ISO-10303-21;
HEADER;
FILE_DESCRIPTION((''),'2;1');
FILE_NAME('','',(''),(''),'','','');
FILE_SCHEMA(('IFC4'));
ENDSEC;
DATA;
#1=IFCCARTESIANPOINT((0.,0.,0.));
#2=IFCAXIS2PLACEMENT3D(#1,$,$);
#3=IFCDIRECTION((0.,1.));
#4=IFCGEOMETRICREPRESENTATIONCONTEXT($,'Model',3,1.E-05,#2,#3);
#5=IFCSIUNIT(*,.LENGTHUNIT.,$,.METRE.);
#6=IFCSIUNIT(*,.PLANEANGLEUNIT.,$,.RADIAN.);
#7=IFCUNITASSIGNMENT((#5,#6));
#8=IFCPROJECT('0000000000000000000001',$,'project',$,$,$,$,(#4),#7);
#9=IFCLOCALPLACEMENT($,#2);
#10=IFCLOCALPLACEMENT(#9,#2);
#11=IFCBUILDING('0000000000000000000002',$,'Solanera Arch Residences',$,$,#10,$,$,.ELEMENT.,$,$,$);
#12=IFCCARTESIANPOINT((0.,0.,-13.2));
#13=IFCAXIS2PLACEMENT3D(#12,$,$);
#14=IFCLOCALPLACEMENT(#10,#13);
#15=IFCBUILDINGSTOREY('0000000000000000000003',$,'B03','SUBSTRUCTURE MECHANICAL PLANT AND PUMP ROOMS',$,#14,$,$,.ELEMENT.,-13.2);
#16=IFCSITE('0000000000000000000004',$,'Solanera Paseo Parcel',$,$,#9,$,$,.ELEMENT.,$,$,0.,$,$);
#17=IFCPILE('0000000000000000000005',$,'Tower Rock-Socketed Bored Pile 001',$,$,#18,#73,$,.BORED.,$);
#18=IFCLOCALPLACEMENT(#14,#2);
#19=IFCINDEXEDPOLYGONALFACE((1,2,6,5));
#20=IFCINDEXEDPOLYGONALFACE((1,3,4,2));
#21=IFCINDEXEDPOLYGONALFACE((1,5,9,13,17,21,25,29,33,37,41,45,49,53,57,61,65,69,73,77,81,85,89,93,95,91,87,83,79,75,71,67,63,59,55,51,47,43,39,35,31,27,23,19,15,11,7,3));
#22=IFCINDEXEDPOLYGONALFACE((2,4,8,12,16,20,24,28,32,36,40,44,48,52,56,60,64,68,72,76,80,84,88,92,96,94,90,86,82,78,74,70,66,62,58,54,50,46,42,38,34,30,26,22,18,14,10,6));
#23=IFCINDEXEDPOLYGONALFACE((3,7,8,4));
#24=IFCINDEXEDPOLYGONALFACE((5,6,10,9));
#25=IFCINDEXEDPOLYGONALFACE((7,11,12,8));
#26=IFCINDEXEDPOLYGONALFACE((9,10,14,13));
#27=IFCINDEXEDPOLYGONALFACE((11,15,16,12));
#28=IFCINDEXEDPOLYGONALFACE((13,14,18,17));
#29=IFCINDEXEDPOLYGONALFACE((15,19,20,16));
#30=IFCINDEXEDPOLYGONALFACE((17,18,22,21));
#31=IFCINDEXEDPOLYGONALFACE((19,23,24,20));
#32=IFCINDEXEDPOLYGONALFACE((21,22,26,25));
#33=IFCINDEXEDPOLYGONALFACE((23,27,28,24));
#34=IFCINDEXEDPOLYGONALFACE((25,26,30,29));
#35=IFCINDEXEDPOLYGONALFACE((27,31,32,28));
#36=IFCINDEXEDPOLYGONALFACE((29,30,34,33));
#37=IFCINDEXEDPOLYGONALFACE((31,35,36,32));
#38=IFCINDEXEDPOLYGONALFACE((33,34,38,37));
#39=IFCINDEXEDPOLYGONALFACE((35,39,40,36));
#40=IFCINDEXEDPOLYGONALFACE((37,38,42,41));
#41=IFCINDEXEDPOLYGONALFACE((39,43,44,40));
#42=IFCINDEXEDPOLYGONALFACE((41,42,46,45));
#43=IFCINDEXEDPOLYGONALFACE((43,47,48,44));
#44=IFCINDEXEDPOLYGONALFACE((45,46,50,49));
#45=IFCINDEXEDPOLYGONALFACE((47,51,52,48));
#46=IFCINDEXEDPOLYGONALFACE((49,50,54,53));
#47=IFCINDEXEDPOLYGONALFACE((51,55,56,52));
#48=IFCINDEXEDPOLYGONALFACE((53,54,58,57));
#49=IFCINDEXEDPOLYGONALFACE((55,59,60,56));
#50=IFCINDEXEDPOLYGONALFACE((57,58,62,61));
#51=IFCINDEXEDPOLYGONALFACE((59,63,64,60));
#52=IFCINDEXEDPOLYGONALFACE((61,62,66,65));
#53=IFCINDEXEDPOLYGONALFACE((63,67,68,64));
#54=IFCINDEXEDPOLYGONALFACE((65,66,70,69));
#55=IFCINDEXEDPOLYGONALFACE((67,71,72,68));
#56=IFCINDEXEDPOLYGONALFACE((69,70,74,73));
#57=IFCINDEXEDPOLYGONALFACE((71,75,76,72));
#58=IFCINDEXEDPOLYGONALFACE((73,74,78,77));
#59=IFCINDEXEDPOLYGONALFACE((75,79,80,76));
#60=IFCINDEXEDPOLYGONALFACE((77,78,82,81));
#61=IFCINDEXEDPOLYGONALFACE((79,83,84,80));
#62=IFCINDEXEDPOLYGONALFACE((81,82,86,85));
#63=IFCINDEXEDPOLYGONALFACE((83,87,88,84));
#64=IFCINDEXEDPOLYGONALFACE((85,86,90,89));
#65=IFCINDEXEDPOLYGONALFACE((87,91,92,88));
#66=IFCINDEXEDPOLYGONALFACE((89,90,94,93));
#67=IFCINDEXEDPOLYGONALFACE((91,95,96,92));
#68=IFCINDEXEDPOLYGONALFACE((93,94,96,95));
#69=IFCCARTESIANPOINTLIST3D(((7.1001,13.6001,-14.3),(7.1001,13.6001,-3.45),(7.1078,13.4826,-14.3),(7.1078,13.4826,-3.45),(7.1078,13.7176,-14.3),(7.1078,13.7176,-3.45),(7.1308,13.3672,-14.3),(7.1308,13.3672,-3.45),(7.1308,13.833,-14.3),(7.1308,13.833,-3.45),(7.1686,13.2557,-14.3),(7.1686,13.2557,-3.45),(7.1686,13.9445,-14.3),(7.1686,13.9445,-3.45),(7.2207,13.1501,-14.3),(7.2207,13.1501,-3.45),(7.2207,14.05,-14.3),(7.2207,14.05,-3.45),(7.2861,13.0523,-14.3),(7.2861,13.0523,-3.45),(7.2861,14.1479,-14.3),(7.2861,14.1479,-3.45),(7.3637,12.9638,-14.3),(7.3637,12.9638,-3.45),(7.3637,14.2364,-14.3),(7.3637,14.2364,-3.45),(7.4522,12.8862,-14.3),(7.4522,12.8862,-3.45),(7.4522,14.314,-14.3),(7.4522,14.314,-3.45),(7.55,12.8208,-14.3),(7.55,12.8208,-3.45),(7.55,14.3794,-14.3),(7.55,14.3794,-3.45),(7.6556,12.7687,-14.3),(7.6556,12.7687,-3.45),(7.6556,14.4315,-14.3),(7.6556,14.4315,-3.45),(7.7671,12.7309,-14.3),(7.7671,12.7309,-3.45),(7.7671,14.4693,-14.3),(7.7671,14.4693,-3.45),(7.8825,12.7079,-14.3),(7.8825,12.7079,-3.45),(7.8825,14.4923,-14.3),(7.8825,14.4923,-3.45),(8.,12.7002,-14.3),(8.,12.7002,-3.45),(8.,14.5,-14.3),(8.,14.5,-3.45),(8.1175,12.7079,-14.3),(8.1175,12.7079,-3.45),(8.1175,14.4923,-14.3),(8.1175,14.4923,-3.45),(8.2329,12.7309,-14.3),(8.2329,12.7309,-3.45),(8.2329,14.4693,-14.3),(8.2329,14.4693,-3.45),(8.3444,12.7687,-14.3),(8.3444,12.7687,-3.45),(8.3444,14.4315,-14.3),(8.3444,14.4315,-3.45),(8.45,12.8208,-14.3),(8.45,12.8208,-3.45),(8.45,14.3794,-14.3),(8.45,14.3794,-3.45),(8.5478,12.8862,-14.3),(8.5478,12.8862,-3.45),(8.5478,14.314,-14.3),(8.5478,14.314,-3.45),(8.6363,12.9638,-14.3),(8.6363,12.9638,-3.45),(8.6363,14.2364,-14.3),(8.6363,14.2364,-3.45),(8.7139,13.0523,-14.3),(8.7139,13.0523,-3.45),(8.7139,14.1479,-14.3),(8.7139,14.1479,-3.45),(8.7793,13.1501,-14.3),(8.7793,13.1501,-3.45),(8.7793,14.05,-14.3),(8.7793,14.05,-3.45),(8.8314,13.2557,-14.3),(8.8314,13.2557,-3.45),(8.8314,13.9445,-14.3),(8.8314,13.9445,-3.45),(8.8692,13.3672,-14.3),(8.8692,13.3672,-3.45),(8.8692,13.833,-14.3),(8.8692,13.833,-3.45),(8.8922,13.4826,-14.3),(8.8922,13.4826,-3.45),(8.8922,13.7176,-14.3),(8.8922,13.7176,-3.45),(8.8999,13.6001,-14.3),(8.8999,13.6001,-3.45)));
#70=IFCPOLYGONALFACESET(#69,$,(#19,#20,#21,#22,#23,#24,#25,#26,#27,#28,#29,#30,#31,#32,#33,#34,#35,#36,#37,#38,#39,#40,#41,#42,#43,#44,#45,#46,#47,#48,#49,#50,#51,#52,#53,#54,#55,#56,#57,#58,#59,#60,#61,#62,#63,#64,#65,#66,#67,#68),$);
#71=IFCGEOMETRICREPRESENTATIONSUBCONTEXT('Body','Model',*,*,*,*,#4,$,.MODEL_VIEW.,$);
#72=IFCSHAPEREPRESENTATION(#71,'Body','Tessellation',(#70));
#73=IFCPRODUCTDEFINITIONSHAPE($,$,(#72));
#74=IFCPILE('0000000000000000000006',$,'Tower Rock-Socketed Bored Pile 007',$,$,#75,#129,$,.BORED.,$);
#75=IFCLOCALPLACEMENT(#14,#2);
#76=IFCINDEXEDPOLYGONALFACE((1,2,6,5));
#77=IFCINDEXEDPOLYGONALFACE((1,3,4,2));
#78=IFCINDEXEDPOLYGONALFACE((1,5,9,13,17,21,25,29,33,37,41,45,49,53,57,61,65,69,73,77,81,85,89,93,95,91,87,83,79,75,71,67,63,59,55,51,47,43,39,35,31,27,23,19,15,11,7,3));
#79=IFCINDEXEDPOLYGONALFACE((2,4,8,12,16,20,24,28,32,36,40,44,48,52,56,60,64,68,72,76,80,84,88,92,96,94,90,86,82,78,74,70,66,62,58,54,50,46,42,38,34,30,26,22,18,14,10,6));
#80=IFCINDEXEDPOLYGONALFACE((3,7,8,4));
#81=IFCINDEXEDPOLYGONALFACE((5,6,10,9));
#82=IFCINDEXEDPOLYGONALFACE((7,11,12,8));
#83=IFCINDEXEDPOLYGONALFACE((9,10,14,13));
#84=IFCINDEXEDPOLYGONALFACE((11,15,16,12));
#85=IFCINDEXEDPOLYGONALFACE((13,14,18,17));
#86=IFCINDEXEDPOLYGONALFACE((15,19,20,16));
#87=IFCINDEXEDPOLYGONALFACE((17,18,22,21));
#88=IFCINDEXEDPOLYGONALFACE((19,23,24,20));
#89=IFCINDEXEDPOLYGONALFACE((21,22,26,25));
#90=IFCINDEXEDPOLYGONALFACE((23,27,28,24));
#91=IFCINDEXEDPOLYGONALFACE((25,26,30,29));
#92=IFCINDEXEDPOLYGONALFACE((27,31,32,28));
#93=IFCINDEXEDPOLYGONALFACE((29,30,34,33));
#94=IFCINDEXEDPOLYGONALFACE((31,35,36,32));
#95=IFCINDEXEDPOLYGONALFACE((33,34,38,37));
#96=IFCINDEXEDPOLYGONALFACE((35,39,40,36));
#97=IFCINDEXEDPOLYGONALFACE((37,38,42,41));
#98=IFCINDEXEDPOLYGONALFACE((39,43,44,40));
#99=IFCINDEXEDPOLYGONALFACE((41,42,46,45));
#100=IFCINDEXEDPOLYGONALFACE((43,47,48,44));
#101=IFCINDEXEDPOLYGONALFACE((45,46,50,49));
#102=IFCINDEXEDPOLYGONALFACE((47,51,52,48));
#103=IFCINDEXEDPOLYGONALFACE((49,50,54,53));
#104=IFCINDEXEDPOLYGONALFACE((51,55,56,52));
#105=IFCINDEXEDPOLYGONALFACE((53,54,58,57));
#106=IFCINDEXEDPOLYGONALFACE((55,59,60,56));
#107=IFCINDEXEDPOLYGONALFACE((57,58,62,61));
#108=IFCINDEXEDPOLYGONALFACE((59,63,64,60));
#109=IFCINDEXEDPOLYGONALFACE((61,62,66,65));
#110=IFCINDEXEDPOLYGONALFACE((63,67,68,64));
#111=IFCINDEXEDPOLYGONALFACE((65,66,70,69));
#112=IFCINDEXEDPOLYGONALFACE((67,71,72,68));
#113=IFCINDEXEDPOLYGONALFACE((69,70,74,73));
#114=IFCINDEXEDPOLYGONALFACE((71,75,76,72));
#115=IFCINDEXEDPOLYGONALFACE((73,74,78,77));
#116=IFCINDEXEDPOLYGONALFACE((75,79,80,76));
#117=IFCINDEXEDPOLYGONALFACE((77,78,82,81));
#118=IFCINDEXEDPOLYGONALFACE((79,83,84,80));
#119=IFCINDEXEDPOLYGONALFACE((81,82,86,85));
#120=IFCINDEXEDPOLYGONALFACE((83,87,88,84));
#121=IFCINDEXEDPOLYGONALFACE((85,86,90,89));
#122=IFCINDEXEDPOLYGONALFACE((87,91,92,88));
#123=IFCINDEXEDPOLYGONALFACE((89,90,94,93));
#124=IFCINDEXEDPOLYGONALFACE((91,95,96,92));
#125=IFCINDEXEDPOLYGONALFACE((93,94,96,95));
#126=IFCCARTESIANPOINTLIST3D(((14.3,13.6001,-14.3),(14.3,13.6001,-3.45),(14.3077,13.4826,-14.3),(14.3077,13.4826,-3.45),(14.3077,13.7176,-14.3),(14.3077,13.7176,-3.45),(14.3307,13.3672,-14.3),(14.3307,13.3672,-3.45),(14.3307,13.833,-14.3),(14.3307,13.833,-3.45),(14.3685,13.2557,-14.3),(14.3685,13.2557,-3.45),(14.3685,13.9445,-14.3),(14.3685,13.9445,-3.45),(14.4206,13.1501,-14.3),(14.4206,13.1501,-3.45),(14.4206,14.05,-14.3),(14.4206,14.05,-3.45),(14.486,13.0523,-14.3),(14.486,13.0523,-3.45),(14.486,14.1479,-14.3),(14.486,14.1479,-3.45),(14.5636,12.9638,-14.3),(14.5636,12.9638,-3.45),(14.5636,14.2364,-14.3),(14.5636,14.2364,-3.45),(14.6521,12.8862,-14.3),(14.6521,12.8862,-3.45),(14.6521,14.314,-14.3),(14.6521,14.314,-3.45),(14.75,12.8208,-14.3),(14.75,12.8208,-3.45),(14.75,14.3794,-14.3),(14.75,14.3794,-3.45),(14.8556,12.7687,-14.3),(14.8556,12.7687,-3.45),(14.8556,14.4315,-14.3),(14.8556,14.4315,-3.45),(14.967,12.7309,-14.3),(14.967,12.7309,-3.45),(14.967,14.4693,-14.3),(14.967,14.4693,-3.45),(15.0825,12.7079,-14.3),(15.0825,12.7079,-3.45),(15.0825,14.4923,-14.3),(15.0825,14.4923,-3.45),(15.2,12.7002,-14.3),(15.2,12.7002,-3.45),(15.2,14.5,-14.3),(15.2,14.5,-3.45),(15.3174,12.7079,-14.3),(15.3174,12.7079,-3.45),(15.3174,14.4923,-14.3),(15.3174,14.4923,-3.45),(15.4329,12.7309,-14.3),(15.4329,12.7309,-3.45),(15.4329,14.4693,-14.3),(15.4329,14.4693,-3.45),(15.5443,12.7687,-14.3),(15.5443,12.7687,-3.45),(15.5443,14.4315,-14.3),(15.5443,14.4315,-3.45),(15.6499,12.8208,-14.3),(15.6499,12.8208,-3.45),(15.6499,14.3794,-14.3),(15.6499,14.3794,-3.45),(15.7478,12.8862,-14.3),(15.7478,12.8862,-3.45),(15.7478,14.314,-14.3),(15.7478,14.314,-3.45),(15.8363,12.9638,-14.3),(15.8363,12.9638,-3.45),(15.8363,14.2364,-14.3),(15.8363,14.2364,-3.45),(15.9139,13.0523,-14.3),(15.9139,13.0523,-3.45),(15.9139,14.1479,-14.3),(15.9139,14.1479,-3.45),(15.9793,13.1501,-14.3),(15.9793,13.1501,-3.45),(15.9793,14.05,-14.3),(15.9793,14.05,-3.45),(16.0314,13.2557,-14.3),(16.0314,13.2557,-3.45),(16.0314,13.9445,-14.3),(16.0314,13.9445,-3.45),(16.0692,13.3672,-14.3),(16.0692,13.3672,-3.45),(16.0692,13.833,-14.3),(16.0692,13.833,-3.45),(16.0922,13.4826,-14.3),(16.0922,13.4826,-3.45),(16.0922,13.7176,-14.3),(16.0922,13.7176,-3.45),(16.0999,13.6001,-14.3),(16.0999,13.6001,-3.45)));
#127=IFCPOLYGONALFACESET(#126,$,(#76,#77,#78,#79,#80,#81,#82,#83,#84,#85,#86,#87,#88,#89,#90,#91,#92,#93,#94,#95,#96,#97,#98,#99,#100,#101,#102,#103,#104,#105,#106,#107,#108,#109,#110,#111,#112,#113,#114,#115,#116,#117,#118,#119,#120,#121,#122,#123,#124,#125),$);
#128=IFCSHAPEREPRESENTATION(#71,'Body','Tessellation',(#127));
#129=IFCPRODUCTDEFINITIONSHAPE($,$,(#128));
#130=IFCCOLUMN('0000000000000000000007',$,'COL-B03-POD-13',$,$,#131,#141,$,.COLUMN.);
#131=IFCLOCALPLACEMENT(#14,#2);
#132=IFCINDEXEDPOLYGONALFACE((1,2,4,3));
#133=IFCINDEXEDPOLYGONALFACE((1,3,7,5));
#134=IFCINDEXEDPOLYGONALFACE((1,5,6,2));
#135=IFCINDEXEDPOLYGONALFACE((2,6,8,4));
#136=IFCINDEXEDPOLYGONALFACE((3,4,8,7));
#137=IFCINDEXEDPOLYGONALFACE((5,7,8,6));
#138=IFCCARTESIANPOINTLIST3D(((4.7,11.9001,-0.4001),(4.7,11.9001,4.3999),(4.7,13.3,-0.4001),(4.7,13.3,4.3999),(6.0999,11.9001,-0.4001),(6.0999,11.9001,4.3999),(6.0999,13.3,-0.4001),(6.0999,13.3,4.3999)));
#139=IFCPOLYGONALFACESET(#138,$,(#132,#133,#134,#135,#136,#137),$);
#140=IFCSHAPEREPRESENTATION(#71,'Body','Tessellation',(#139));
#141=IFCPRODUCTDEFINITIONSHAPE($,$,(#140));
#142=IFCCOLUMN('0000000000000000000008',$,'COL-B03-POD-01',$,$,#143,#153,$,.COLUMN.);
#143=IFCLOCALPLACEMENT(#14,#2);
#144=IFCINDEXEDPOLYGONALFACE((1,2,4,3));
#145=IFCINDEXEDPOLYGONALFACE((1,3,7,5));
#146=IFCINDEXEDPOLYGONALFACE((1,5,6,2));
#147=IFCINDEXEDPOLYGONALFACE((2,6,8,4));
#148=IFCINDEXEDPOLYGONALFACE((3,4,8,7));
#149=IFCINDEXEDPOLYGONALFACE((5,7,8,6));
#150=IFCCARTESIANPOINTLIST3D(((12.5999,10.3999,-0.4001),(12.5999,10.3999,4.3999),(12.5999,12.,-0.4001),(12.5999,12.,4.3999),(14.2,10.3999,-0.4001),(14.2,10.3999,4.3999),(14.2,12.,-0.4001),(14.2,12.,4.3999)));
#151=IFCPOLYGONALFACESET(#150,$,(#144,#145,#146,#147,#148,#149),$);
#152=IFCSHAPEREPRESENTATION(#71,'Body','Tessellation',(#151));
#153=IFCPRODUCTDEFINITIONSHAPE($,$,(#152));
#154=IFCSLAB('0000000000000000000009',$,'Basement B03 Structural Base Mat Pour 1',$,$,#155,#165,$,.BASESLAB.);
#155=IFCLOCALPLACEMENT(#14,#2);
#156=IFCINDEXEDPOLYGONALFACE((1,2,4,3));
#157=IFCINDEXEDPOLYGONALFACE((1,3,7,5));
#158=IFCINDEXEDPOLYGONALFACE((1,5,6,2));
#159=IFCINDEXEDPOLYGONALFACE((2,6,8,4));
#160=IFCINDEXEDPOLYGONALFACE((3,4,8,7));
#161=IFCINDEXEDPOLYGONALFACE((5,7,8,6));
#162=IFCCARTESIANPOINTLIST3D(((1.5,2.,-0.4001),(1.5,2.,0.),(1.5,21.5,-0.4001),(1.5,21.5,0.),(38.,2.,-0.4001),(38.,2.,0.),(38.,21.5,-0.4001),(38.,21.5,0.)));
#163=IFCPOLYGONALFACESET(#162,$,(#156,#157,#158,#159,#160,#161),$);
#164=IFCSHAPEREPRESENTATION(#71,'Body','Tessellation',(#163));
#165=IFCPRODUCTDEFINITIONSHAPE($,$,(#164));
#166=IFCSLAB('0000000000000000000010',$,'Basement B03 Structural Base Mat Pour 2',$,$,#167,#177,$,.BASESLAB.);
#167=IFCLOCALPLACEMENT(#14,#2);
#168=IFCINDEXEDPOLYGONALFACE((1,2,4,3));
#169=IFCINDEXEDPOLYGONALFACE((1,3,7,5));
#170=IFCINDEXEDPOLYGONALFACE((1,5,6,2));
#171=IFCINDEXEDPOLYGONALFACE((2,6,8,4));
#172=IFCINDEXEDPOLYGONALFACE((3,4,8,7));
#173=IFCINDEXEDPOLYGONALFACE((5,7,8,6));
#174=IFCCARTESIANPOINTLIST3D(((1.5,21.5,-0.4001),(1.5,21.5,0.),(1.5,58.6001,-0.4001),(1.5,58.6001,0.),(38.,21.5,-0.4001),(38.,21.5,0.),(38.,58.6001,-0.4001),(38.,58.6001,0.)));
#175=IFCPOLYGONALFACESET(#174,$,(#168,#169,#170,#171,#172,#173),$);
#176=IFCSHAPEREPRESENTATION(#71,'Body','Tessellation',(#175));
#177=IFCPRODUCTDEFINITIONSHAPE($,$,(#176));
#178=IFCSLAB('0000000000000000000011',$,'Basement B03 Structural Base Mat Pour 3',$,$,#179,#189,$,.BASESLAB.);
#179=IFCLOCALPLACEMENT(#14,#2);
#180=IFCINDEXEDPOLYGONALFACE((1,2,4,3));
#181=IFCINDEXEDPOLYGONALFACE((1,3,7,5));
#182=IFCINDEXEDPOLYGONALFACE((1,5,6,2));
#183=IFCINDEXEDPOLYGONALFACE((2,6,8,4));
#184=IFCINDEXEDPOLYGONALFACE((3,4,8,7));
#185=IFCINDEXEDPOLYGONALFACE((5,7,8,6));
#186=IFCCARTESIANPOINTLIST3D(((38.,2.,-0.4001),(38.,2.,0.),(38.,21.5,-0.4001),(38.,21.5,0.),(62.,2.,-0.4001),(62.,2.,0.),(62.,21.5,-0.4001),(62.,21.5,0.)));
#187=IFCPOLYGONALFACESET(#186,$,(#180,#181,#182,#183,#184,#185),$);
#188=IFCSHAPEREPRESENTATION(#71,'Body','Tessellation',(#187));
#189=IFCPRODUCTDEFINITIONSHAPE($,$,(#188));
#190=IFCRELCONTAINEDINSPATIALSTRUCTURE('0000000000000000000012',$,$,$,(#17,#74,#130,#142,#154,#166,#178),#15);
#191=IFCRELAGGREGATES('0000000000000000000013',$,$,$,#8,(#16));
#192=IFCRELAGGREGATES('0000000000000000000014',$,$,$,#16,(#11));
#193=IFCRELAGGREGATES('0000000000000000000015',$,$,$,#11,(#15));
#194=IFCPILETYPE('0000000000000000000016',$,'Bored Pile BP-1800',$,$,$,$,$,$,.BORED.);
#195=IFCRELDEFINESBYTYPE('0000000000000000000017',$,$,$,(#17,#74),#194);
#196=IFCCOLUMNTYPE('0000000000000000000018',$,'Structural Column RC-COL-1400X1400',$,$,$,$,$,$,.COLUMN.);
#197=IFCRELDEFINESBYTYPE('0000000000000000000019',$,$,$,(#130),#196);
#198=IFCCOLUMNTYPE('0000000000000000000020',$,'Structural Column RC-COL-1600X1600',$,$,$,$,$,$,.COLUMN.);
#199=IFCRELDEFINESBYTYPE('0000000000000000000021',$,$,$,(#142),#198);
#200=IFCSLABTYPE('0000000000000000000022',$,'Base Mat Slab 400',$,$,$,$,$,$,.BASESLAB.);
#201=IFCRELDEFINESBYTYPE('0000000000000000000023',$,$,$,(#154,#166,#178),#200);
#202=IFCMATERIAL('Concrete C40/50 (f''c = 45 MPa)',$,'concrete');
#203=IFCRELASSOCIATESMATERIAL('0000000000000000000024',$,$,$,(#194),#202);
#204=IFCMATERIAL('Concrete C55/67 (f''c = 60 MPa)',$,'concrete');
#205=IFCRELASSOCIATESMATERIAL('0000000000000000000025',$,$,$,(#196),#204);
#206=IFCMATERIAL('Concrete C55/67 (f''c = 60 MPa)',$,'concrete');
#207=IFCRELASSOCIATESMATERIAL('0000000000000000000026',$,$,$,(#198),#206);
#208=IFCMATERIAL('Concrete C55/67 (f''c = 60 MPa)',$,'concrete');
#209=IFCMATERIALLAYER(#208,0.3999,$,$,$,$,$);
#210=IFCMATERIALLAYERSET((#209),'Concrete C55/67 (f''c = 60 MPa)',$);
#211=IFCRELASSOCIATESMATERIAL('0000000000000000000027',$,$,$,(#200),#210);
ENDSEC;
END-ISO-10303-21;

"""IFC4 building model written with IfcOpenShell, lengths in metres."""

from ifc_helpers import new_model, si_unit, direction, frame, origin, origin_2d, place, context, subcontext, project, spatial, polyline, rectangle, circle, outline, extrude, material, layer, layer_set, material_profile, profile_set, type_object, element, save


model = new_model("IFC4")

# Units and contexts
model_context = context("Model", 3, precision=1e-05, world=origin(), true_north=direction((0.0, 1.0)))
body_context = subcontext(model_context, "Body", "Model", "MODEL_VIEW")
ifc_project = project(units=[si_unit("LENGTHUNIT", "METRE"), si_unit("PLANEANGLEUNIT", "RADIAN")], contexts=[model_context])

# Site, building, storey
site_placement = place(None, origin())
site = spatial("IfcSite", under=ifc_project, at=site_placement, Name="Solanera Paseo Parcel", CompositionType="ELEMENT", RefElevation=0.0)
building_placement = place(site_placement, origin())
building = spatial("IfcBuilding", under=site, at=building_placement, Name="Solanera Arch Residences", CompositionType="ELEMENT")
storey_placement = place(building_placement, frame((0.0, 0.0, -13.2)))
storey = spatial("IfcBuildingStorey", under=building, at=storey_placement, Name="B03", Description="SUBSTRUCTURE MECHANICAL PLANT AND PUMP ROOMS", CompositionType="ELEMENT", Elevation=-13.2)

# Piles
ifc_material_1 = material(Name="Concrete C40/50 (f'c = 45 MPa)", Category="concrete")
ifc_material_profile_1 = material_profile(ifc_material_1, circle(Radius=0.8999, at=origin_2d()))
ifc_profile_set_1 = profile_set([ifc_material_profile_1], Name="Concrete C40/50 (f'c = 45 MPa)")
pile_type = type_object("IfcPileType", Name="Bored Pile BP-1800", PredefinedType="BORED", material=ifc_profile_set_1)
for number, where, z_axis, x_axis, name in (
    (1, (8.0, 13.6001, -3.45), (0.0, 0.0, -1.0), (1.0, 0.0, 0.0), "Tower Rock-Socketed Bored Pile 001"),
    (2, (15.2, 13.6001, -3.45), (0.0, 0.0, -1.0), (1.0, 0.0, 0.0), "Tower Rock-Socketed Bored Pile 007"),
):
    element("IfcPile", number, at=place(storey_placement, frame(where, z_axis=z_axis, x_axis=x_axis)), inside=storey, type_object=pile_type, Name=name, PredefinedType="BORED", context=body_context, shape_type="SweptSolid", body=[
        extrude(circle(Radius=0.8999, at=origin_2d()), origin(), (0.0, 0.0, 1.0), 10.8501),
    ])

# Columns
ifc_material_2 = material(Name="Concrete C55/67 (f'c = 60 MPa)", Category="concrete")
ifc_material_profile_2 = material_profile(ifc_material_2, rectangle(XDim=1.3999, YDim=1.3999, at=origin_2d()))
ifc_profile_set_2 = profile_set([ifc_material_profile_2], Name="Concrete C55/67 (f'c = 60 MPa)")
column_type_1 = type_object("IfcColumnType", Name="Structural Column RC-COL-1400X1400", PredefinedType="COLUMN", material=ifc_profile_set_2)
column_1_placement = place(storey_placement, frame((5.3999, 12.6001, -0.4001), z_axis=(0.0, 0.0, 1.0), x_axis=(1.0, 0.0, 0.0)))
element("IfcColumn", 3, at=column_1_placement, inside=storey, type_object=column_type_1, Name="COL-B03-POD-13", PredefinedType="COLUMN", context=body_context, shape_type="SweptSolid", body=[
    extrude(rectangle(XDim=1.3999, YDim=1.3999, at=origin_2d()), origin(), (0.0, 0.0, 1.0), 4.8),
])
ifc_material_3 = material(Name="Concrete C55/67 (f'c = 60 MPa)", Category="concrete")
ifc_material_profile_3 = material_profile(ifc_material_3, rectangle(XDim=1.6001, YDim=1.6001, at=origin_2d()))
ifc_profile_set_3 = profile_set([ifc_material_profile_3], Name="Concrete C55/67 (f'c = 60 MPa)")
column_type_2 = type_object("IfcColumnType", Name="Structural Column RC-COL-1600X1600", PredefinedType="COLUMN", material=ifc_profile_set_3)
column_2_placement = place(storey_placement, frame((13.3999, 11.2, -0.4001), z_axis=(0.0, 0.0, 1.0), x_axis=(1.0, 0.0, 0.0)))
element("IfcColumn", 4, at=column_2_placement, inside=storey, type_object=column_type_2, Name="COL-B03-POD-01", PredefinedType="COLUMN", context=body_context, shape_type="SweptSolid", body=[
    extrude(rectangle(XDim=1.6001, YDim=1.6001, at=origin_2d()), origin(), (0.0, 0.0, 1.0), 4.8),
])

# Slabs
ifc_material_4 = material(Name="Concrete C55/67 (f'c = 60 MPa)", Category="concrete")
ifc_layer_1 = layer(ifc_material_4, 0.3999)
ifc_layer_set_1 = layer_set([ifc_layer_1], Name="Concrete C55/67 (f'c = 60 MPa)")
slab_type_1 = type_object("IfcSlabType", Name="Base Mat Slab 400", PredefinedType="BASESLAB", material=ifc_layer_set_1)
slab_1_placement = place(storey_placement, frame((0.0, 0.0, -0.4001)))
element("IfcSlab", 5, at=slab_1_placement, inside=storey, type_object=slab_type_1, Name="Basement B03 Structural Base Mat Pour 1", PredefinedType="BASESLAB", context=body_context, shape_type="SweptSolid", body=[
    extrude(outline(polyline([(1.5, 2.0), (38.0, 2.0), (38.0, 21.5), (1.5, 21.5), (1.5, 2.0)])), origin(), (0.0, 0.0, 1.0), 0.4001),
])
slab_2_placement = place(storey_placement, frame((0.0, 0.0, -0.4001)))
element("IfcSlab", 6, at=slab_2_placement, inside=storey, type_object=slab_type_1, Name="Basement B03 Structural Base Mat Pour 2", PredefinedType="BASESLAB", context=body_context, shape_type="SweptSolid", body=[
    extrude(outline(polyline([(1.5, 21.5), (38.0, 21.5), (38.0, 58.6001), (1.5, 58.6001), (1.5, 21.5)])), origin(), (0.0, 0.0, 1.0), 0.4001),
])
slab_3_placement = place(storey_placement, frame((0.0, 0.0, -0.4001)))
element("IfcSlab", 7, at=slab_3_placement, inside=storey, type_object=slab_type_1, Name="Basement B03 Structural Base Mat Pour 3", PredefinedType="BASESLAB", context=body_context, shape_type="SweptSolid", body=[
    extrude(outline(polyline([(38.0, 2.0), (62.0, 2.0), (62.0, 21.5), (38.0, 21.5), (38.0, 2.0)])), origin(), (0.0, 0.0, 1.0), 0.4001),
])

save(model, "model.ifc")
